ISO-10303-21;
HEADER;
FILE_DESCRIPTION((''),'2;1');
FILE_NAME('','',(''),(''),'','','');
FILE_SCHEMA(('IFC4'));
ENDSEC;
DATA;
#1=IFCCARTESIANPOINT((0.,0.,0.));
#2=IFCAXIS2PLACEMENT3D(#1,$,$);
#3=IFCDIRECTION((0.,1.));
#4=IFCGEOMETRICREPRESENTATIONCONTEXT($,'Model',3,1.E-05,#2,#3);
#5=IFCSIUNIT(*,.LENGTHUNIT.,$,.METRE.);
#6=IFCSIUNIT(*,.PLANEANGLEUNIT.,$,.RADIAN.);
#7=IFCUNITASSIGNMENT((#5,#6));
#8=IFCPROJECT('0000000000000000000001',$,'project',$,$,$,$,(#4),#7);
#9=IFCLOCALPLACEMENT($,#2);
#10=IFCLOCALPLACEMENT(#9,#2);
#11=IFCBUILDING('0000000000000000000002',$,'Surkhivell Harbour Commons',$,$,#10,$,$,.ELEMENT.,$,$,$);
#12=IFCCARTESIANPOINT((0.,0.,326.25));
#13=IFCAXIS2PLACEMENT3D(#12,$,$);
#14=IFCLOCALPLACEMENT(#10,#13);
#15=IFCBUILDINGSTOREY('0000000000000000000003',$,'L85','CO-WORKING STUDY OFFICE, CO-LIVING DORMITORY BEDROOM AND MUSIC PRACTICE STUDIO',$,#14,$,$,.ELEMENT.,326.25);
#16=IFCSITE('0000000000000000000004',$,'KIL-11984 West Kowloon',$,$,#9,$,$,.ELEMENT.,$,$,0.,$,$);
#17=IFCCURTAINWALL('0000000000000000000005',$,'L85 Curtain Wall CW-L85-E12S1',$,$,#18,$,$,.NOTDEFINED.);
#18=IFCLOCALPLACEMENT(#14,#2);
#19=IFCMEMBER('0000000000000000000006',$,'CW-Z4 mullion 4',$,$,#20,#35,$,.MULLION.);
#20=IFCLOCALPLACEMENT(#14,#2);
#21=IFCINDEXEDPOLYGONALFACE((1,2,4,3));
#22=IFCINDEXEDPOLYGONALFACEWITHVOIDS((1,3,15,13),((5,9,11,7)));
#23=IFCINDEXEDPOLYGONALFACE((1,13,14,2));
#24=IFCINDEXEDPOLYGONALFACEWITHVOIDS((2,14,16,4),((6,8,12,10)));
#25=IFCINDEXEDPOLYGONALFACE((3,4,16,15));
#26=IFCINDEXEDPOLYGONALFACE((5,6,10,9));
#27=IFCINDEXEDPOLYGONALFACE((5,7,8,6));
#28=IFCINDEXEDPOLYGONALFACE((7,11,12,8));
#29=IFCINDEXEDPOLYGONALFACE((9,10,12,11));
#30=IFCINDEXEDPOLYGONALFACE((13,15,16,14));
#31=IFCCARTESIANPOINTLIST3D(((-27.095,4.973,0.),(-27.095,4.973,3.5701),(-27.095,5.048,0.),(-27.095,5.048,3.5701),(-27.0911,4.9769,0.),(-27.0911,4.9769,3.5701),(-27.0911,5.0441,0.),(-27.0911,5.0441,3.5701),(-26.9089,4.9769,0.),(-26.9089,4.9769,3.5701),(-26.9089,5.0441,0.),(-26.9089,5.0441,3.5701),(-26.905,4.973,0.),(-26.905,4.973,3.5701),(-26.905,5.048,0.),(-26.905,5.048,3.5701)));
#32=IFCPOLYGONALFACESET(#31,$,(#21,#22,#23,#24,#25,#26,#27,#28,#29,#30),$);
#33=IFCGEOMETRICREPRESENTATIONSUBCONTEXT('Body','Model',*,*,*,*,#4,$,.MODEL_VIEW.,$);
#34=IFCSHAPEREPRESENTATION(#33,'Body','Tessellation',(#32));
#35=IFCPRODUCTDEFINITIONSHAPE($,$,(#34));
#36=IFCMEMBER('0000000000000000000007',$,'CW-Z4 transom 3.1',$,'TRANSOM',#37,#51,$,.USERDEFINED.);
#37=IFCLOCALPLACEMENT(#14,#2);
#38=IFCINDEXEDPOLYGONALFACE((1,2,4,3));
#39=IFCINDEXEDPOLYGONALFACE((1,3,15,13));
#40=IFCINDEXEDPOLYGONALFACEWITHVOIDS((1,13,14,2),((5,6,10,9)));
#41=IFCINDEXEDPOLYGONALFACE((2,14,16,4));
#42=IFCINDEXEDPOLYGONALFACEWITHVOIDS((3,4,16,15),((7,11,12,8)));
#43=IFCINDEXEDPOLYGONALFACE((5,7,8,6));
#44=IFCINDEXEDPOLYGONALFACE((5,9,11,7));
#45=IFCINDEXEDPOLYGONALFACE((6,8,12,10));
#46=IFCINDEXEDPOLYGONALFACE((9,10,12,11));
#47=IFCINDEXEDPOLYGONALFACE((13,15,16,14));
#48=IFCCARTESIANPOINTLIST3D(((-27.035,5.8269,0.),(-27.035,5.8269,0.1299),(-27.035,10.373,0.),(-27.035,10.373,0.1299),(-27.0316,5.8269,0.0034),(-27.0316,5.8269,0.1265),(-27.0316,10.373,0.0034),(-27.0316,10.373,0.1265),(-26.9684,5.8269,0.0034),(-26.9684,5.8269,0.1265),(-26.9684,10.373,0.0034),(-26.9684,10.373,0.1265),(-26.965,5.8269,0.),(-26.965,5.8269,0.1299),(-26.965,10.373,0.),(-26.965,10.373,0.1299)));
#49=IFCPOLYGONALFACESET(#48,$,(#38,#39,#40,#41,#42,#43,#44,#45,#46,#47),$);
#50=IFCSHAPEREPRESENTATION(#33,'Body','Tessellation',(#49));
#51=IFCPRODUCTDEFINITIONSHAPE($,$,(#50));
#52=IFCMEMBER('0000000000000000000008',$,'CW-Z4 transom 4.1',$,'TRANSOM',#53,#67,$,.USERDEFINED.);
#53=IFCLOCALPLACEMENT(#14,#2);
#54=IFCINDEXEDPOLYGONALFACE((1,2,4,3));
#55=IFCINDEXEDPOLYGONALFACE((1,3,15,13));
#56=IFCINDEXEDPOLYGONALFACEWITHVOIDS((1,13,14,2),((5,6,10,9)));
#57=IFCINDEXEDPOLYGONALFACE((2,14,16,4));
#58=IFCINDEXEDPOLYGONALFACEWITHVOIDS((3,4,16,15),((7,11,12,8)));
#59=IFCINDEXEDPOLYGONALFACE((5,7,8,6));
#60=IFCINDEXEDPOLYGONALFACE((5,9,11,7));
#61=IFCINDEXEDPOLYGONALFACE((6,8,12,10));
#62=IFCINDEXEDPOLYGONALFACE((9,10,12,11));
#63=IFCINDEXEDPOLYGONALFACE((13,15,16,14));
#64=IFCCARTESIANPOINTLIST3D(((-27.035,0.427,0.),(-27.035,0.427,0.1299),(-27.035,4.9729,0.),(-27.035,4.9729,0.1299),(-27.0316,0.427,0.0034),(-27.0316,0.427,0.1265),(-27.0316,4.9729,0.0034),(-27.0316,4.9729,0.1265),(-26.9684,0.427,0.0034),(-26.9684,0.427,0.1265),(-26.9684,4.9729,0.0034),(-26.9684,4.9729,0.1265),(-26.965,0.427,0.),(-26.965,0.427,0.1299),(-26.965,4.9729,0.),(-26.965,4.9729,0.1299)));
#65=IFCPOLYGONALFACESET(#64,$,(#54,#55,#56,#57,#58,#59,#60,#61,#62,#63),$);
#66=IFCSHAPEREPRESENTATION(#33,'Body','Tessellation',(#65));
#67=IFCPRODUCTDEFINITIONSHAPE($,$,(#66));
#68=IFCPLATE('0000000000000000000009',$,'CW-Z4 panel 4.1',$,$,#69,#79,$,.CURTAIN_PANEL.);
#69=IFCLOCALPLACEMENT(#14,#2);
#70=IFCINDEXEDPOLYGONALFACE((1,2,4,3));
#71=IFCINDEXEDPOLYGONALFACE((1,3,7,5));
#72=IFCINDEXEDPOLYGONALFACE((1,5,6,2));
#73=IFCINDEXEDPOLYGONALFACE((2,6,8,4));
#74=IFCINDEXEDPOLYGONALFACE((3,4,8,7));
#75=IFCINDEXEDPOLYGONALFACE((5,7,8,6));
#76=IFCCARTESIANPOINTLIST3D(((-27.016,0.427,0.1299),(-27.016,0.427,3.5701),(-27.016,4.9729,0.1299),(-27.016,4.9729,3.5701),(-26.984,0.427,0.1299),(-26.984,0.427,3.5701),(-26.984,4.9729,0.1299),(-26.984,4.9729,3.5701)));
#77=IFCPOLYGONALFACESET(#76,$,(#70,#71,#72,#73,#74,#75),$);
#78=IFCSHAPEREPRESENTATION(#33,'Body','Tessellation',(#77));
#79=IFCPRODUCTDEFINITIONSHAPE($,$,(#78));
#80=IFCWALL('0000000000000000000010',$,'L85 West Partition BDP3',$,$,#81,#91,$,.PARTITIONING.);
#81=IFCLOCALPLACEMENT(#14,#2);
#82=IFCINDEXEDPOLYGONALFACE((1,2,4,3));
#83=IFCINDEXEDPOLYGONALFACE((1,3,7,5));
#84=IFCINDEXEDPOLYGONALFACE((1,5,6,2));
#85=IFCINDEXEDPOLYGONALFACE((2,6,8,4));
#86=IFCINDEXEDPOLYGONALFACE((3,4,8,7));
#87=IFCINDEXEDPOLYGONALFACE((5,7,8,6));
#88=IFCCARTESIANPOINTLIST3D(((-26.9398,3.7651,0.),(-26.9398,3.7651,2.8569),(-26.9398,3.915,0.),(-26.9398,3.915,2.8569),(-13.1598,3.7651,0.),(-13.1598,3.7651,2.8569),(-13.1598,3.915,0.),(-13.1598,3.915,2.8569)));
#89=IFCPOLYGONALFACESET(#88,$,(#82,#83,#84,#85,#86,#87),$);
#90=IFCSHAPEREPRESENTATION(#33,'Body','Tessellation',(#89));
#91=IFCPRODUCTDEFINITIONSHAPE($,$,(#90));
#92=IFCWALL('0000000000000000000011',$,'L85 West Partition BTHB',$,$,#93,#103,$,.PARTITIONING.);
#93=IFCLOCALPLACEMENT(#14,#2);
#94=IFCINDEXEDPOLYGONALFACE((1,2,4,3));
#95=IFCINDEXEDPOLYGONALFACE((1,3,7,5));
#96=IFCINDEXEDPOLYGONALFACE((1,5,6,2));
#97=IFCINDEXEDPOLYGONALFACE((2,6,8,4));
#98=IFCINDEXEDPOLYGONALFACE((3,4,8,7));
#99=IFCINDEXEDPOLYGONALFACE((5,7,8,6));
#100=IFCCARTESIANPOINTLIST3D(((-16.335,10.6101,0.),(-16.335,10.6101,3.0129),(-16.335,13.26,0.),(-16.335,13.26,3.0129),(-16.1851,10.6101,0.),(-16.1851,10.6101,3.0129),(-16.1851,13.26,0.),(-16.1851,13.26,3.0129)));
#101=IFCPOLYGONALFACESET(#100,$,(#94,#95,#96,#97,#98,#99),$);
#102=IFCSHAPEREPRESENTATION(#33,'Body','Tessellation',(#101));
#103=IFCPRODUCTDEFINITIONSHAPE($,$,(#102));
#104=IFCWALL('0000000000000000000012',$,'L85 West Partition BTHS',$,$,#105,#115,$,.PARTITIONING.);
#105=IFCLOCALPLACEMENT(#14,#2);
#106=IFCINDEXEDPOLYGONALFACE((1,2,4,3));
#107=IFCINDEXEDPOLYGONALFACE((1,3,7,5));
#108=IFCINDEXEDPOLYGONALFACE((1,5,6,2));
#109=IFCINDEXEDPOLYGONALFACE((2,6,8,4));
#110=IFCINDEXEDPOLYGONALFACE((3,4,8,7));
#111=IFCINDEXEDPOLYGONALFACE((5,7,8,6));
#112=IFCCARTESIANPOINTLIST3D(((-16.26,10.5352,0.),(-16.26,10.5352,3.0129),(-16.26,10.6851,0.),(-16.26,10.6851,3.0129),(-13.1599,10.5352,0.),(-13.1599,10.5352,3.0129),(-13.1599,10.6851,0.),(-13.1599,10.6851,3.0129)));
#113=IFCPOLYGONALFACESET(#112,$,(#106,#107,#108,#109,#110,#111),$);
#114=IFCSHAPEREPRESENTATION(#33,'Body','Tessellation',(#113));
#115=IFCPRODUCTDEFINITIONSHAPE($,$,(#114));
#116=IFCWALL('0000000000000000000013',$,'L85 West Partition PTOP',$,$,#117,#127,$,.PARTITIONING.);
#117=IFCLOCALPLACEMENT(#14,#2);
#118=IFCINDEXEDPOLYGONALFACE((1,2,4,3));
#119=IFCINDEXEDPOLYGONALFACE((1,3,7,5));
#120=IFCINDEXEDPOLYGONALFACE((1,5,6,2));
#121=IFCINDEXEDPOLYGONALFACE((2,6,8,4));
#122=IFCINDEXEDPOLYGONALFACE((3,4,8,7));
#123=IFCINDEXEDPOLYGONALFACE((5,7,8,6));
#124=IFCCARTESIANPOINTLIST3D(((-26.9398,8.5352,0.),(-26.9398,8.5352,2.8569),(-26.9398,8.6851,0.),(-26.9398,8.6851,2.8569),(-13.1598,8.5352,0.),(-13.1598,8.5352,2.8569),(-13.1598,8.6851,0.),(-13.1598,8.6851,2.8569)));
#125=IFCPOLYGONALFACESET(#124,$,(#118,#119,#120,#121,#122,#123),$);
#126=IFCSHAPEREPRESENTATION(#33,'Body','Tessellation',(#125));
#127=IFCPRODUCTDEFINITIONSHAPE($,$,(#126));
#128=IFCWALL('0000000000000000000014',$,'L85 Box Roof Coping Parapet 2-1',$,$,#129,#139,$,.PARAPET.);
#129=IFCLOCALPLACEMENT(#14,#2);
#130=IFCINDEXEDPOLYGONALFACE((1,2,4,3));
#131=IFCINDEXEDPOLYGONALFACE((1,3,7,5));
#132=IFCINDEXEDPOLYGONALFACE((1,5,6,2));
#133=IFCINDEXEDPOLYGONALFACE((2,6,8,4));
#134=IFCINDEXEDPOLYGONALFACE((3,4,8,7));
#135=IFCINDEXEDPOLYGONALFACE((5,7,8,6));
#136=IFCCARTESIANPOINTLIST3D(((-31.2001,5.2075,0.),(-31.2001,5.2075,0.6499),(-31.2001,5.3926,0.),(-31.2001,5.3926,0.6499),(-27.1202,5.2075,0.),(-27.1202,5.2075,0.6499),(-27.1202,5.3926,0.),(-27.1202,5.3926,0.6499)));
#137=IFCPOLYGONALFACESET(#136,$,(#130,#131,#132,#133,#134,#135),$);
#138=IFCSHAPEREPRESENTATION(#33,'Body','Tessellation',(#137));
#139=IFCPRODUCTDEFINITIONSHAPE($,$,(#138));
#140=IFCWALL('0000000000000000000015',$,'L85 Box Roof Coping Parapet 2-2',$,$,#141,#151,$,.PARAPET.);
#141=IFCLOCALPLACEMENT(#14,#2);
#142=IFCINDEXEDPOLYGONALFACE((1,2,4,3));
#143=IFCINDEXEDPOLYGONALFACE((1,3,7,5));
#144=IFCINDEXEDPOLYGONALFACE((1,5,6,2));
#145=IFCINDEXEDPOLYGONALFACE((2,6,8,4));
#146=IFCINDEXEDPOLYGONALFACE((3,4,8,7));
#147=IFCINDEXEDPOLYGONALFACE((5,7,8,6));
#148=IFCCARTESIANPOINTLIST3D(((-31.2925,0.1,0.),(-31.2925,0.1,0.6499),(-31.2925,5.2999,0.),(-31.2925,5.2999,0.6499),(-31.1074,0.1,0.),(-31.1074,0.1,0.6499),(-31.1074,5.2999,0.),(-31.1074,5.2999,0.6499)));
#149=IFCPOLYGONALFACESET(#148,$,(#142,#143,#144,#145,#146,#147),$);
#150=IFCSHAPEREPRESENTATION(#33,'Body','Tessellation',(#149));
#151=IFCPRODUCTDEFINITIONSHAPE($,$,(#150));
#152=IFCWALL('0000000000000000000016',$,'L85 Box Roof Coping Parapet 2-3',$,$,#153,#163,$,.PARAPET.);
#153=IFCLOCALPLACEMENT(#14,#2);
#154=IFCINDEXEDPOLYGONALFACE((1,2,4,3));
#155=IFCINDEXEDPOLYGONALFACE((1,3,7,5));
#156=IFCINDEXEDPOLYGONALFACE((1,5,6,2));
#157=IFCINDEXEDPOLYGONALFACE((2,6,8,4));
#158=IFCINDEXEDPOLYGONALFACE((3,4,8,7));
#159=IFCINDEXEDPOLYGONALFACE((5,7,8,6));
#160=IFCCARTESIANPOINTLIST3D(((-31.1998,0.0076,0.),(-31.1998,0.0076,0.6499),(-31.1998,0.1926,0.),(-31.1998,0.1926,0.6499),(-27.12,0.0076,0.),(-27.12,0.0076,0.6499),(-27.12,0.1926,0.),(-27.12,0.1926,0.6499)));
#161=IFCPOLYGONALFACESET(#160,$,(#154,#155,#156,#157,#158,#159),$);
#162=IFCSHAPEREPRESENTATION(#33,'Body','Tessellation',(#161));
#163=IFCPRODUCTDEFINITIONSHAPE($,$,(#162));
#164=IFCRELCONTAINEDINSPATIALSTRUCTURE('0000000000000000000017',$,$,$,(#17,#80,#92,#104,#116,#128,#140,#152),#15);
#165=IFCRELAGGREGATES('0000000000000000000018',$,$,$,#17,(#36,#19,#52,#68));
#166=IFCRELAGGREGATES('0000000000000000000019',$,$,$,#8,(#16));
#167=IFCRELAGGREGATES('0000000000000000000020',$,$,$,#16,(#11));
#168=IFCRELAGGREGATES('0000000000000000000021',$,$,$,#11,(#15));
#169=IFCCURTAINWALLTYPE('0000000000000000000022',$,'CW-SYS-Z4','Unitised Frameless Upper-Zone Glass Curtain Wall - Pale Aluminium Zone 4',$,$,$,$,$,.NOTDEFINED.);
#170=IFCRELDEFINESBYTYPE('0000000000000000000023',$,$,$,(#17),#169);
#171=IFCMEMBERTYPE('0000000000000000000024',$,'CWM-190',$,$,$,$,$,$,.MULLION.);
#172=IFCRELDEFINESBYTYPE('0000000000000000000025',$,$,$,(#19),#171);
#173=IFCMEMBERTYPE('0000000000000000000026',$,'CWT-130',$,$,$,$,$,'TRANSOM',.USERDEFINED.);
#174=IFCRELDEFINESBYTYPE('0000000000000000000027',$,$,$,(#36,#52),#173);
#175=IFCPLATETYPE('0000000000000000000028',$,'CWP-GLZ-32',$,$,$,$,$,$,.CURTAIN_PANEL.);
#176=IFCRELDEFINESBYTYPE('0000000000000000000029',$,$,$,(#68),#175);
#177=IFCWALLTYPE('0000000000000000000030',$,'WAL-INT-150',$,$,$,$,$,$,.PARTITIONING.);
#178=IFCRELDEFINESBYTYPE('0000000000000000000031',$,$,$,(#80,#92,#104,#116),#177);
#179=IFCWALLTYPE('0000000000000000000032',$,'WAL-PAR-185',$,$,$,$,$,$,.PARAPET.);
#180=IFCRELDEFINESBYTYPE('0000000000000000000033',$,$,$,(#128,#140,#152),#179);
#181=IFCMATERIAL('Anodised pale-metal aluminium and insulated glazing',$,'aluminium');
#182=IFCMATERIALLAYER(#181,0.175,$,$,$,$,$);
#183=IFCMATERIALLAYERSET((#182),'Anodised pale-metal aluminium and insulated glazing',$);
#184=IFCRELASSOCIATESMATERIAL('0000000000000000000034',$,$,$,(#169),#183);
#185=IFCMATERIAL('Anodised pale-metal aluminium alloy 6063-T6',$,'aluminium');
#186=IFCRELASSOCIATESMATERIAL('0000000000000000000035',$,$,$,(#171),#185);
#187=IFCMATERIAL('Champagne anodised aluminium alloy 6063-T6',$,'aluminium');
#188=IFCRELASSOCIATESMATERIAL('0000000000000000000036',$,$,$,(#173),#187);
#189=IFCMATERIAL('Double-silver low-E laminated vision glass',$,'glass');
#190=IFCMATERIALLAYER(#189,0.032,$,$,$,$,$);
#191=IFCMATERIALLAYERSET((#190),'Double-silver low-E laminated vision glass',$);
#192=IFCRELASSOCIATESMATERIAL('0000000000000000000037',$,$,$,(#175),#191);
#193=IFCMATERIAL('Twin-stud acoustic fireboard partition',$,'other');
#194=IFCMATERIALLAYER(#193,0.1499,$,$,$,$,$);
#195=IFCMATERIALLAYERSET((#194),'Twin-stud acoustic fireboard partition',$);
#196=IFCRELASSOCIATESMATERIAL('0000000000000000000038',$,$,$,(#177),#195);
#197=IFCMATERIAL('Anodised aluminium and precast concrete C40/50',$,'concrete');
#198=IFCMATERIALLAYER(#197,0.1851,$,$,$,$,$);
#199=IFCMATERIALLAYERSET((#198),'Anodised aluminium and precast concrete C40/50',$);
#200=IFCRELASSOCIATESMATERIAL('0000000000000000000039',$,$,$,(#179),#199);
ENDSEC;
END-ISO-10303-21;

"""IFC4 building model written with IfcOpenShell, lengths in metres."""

from ifc_helpers import new_model, si_unit, direction, frame, frame_2d, origin, origin_2d, place, context, subcontext, project, spatial, rectangle, hollow_rectangle, extrude, material, layer, layer_set, material_profile, profile_set, type_object, element, aggregate, save


model = new_model("IFC4")

# Units and contexts
model_context = context("Model", 3, precision=1e-05, world=origin(), true_north=direction((0.0, 1.0)))
body_context = subcontext(model_context, "Body", "Model", "MODEL_VIEW")
ifc_project = project(units=[si_unit("LENGTHUNIT", "METRE"), si_unit("PLANEANGLEUNIT", "RADIAN")], contexts=[model_context])

# Site, building, storey
site_placement = place(None, origin())
site = spatial("IfcSite", under=ifc_project, at=site_placement, Name="KIL-11984 West Kowloon", CompositionType="ELEMENT", RefElevation=0.0)
building_placement = place(site_placement, origin())
building = spatial("IfcBuilding", under=site, at=building_placement, Name="Surkhivell Harbour Commons", CompositionType="ELEMENT")
storey_placement = place(building_placement, frame((0.0, 0.0, 326.25)))
storey = spatial("IfcBuildingStorey", under=building, at=storey_placement, Name="L85", Description="CO-WORKING STUDY OFFICE, CO-LIVING DORMITORY BEDROOM AND MUSIC PRACTICE STUDIO", CompositionType="ELEMENT", Elevation=326.25)

# Curtain wall, members, plate
ifc_material_1 = material(Name="Anodised pale-metal aluminium and insulated glazing", Category="aluminium")
ifc_layer_1 = layer(ifc_material_1, 0.175)
ifc_layer_set_1 = layer_set([ifc_layer_1], Name="Anodised pale-metal aluminium and insulated glazing")
curtain_wall_type = type_object("IfcCurtainWallType", Name="CW-SYS-Z4", Description="Unitised Frameless Upper-Zone Glass Curtain Wall - Pale Aluminium Zone 4", PredefinedType="NOTDEFINED", material=ifc_layer_set_1)
curtain_wall_placement = place(storey_placement, origin())
curtain_wall = element("IfcCurtainWall", 1, at=curtain_wall_placement, inside=storey, type_object=curtain_wall_type, Name="L85 Curtain Wall CW-L85-E12S1", PredefinedType="NOTDEFINED")
ifc_material_2 = material(Name="Anodised pale-metal aluminium alloy 6063-T6", Category="aluminium")
ifc_material_profile_1 = material_profile(ifc_material_2, hollow_rectangle(XDim=0.075, YDim=0.1899, WallThickness=0.0039, at=origin_2d()), Name="ALU-MULL-75x190")
ifc_profile_set_1 = profile_set([ifc_material_profile_1], Name="Anodised pale-metal aluminium alloy 6063-T6")
member_type_1 = type_object("IfcMemberType", Name="CWM-190", PredefinedType="MULLION", material=ifc_profile_set_1)
member_1_placement = place(storey_placement, frame((-27.0, 5.0105, 0.0), z_axis=(0.0, 0.0, 1.0), x_axis=(0.0, -1.0, 0.0)))
member_1 = element("IfcMember", 2, at=member_1_placement, type_object=member_type_1, Name="CW-Z4 mullion 4", PredefinedType="MULLION", context=body_context, shape_type="SweptSolid", body=[
    extrude(hollow_rectangle(XDim=0.075, YDim=0.1899, WallThickness=0.0039, at=origin_2d()), origin(), (0.0, 0.0, 1.0), 3.5701),
])
ifc_material_3 = material(Name="Champagne anodised aluminium alloy 6063-T6", Category="aluminium")
ifc_material_profile_2 = material_profile(ifc_material_3, hollow_rectangle(XDim=0.0701, YDim=0.1299, WallThickness=0.0034, at=origin_2d()), Name="ALU-TRAN-70x130")
ifc_profile_set_2 = profile_set([ifc_material_profile_2], Name="Champagne anodised aluminium alloy 6063-T6")
member_type_2 = type_object("IfcMemberType", Name="CWT-130", ElementType="TRANSOM", PredefinedType="USERDEFINED", material=ifc_profile_set_2)
member_2_placement = place(storey_placement, frame((-27.0, 10.373, 0.0649), z_axis=(0.0, -1.0, 0.0), x_axis=(1.0, 0.0, 0.0)))
member_2 = element("IfcMember", 3, at=member_2_placement, type_object=member_type_2, Name="CW-Z4 transom 3.1", ObjectType="TRANSOM", PredefinedType="USERDEFINED", context=body_context, shape_type="SweptSolid", body=[
    extrude(hollow_rectangle(XDim=0.0701, YDim=0.1299, WallThickness=0.0034, at=origin_2d()), origin(), (0.0, 0.0, 1.0), 4.5461),
])
member_3_placement = place(storey_placement, frame((-27.0, 4.9729, 0.0649), z_axis=(0.0, -1.0, 0.0), x_axis=(1.0, 0.0, 0.0)))
member_3 = element("IfcMember", 4, at=member_3_placement, type_object=member_type_2, Name="CW-Z4 transom 4.1", ObjectType="TRANSOM", PredefinedType="USERDEFINED", context=body_context, shape_type="SweptSolid", body=[
    extrude(hollow_rectangle(XDim=0.0701, YDim=0.1299, WallThickness=0.0034, at=origin_2d()), origin(), (0.0, 0.0, 1.0), 4.5459),
])
ifc_material_4 = material(Name="Double-silver low-E laminated vision glass", Category="glass")
ifc_layer_2 = layer(ifc_material_4, 0.032)
ifc_layer_set_2 = layer_set([ifc_layer_2], Name="Double-silver low-E laminated vision glass")
plate_type = type_object("IfcPlateType", Name="CWP-GLZ-32", PredefinedType="CURTAIN_PANEL", material=ifc_layer_set_2)
plate_1_placement = place(storey_placement, frame((-27.0, 4.9729, 0.1299), z_axis=(0.0, 0.0, 1.0), x_axis=(0.0, -1.0, 0.0)))
plate_1 = element("IfcPlate", 5, at=plate_1_placement, type_object=plate_type, Name="CW-Z4 panel 4.1", PredefinedType="CURTAIN_PANEL", context=body_context, shape_type="SweptSolid", body=[
    extrude(rectangle(XDim=4.5459, YDim=0.032, at=frame_2d((2.2729, 0.0))), origin(), (0.0, 0.0, 1.0), 3.4402),
])
aggregate(curtain_wall, [member_2, member_1, member_3, plate_1])

# Walls
ifc_material_5 = material(Name="Twin-stud acoustic fireboard partition", Category="other")
ifc_layer_3 = layer(ifc_material_5, 0.1499)
ifc_layer_set_3 = layer_set([ifc_layer_3], Name="Twin-stud acoustic fireboard partition")
wall_type_1 = type_object("IfcWallType", Name="WAL-INT-150", PredefinedType="PARTITIONING", material=ifc_layer_set_3)
wall_1_placement = place(storey_placement, frame((-26.9399, 3.8401, 0.0), z_axis=(0.0, 0.0, 1.0), x_axis=(1.0, 0.0, 0.0)))
element("IfcWall", 6, at=wall_1_placement, inside=storey, type_object=wall_type_1, Name="L85 West Partition BDP3", PredefinedType="PARTITIONING", context=body_context, shape_type="SweptSolid", body=[
    extrude(rectangle(XDim=13.78, YDim=0.1499, at=frame_2d((6.8901, 0.0))), origin(), (0.0, 0.0, 1.0), 2.8569),
])
wall_2_placement = place(storey_placement, frame((-16.26, 10.6101, 0.0), z_axis=(0.0, 0.0, 1.0), x_axis=(0.0, 1.0, 0.0)))
element("IfcWall", 7, at=wall_2_placement, inside=storey, type_object=wall_type_1, Name="L85 West Partition BTHB", PredefinedType="PARTITIONING", context=body_context, shape_type="SweptSolid", body=[
    extrude(rectangle(XDim=2.6499, YDim=0.1499, at=frame_2d((1.325, 0.0))), origin(), (0.0, 0.0, 1.0), 3.0129),
])
wall_3_placement = place(storey_placement, frame((-16.26, 10.6101, 0.0), z_axis=(0.0, 0.0, 1.0), x_axis=(1.0, 0.0, 0.0)))
element("IfcWall", 8, at=wall_3_placement, inside=storey, type_object=wall_type_1, Name="L85 West Partition BTHS", PredefinedType="PARTITIONING", context=body_context, shape_type="SweptSolid", body=[
    extrude(rectangle(XDim=3.1001, YDim=0.1499, at=frame_2d((1.55, 0.0))), origin(), (0.0, 0.0, 1.0), 3.0129),
])
wall_4_placement = place(storey_placement, frame((-26.9399, 8.6101, 0.0), z_axis=(0.0, 0.0, 1.0), x_axis=(1.0, 0.0, 0.0)))
element("IfcWall", 9, at=wall_4_placement, inside=storey, type_object=wall_type_1, Name="L85 West Partition PTOP", PredefinedType="PARTITIONING", context=body_context, shape_type="SweptSolid", body=[
    extrude(rectangle(XDim=13.78, YDim=0.1499, at=frame_2d((6.8901, 0.0))), origin(), (0.0, 0.0, 1.0), 2.8569),
])
ifc_material_6 = material(Name="Anodised aluminium and precast concrete C40/50", Category="concrete")
ifc_layer_4 = layer(ifc_material_6, 0.1851)
ifc_layer_set_4 = layer_set([ifc_layer_4], Name="Anodised aluminium and precast concrete C40/50")
wall_type_2 = type_object("IfcWallType", Name="WAL-PAR-185", PredefinedType="PARAPET", material=ifc_layer_set_4)
wall_5_placement = place(storey_placement, frame((-27.1201, 5.3, 0.0), z_axis=(0.0, 0.0, 1.0), x_axis=(-1.0, 0.0, 0.0)))
element("IfcWall", 10, at=wall_5_placement, inside=storey, type_object=wall_type_2, Name="L85 Box Roof Coping Parapet 2-1", PredefinedType="PARAPET", context=body_context, shape_type="SweptSolid", body=[
    extrude(rectangle(XDim=4.0798, YDim=0.1851, at=frame_2d((2.04, 0.0))), origin(), (0.0, 0.0, 1.0), 0.6499),
])
wall_6_placement = place(storey_placement, frame((-31.2, 5.3, 0.0), z_axis=(0.0, 0.0, 1.0), x_axis=(0.0, -1.0, 0.0)))
element("IfcWall", 11, at=wall_6_placement, inside=storey, type_object=wall_type_2, Name="L85 Box Roof Coping Parapet 2-2", PredefinedType="PARAPET", context=body_context, shape_type="SweptSolid", body=[
    extrude(rectangle(XDim=5.2, YDim=0.1851, at=frame_2d((2.6001, 0.0))), origin(), (0.0, 0.0, 1.0), 0.6499),
])
wall_7_placement = place(storey_placement, frame((-31.2, 0.1001, 0.0), z_axis=(0.0, 0.0, 1.0), x_axis=(1.0, 0.0, 0.0)))
element("IfcWall", 12, at=wall_7_placement, inside=storey, type_object=wall_type_2, Name="L85 Box Roof Coping Parapet 2-3", PredefinedType="PARAPET", context=body_context, shape_type="SweptSolid", body=[
    extrude(rectangle(XDim=4.0798, YDim=0.1851, at=frame_2d((2.04, 0.0))), origin(), (0.0, 0.0, 1.0), 0.6499),
])

save(model, "model.ifc")
